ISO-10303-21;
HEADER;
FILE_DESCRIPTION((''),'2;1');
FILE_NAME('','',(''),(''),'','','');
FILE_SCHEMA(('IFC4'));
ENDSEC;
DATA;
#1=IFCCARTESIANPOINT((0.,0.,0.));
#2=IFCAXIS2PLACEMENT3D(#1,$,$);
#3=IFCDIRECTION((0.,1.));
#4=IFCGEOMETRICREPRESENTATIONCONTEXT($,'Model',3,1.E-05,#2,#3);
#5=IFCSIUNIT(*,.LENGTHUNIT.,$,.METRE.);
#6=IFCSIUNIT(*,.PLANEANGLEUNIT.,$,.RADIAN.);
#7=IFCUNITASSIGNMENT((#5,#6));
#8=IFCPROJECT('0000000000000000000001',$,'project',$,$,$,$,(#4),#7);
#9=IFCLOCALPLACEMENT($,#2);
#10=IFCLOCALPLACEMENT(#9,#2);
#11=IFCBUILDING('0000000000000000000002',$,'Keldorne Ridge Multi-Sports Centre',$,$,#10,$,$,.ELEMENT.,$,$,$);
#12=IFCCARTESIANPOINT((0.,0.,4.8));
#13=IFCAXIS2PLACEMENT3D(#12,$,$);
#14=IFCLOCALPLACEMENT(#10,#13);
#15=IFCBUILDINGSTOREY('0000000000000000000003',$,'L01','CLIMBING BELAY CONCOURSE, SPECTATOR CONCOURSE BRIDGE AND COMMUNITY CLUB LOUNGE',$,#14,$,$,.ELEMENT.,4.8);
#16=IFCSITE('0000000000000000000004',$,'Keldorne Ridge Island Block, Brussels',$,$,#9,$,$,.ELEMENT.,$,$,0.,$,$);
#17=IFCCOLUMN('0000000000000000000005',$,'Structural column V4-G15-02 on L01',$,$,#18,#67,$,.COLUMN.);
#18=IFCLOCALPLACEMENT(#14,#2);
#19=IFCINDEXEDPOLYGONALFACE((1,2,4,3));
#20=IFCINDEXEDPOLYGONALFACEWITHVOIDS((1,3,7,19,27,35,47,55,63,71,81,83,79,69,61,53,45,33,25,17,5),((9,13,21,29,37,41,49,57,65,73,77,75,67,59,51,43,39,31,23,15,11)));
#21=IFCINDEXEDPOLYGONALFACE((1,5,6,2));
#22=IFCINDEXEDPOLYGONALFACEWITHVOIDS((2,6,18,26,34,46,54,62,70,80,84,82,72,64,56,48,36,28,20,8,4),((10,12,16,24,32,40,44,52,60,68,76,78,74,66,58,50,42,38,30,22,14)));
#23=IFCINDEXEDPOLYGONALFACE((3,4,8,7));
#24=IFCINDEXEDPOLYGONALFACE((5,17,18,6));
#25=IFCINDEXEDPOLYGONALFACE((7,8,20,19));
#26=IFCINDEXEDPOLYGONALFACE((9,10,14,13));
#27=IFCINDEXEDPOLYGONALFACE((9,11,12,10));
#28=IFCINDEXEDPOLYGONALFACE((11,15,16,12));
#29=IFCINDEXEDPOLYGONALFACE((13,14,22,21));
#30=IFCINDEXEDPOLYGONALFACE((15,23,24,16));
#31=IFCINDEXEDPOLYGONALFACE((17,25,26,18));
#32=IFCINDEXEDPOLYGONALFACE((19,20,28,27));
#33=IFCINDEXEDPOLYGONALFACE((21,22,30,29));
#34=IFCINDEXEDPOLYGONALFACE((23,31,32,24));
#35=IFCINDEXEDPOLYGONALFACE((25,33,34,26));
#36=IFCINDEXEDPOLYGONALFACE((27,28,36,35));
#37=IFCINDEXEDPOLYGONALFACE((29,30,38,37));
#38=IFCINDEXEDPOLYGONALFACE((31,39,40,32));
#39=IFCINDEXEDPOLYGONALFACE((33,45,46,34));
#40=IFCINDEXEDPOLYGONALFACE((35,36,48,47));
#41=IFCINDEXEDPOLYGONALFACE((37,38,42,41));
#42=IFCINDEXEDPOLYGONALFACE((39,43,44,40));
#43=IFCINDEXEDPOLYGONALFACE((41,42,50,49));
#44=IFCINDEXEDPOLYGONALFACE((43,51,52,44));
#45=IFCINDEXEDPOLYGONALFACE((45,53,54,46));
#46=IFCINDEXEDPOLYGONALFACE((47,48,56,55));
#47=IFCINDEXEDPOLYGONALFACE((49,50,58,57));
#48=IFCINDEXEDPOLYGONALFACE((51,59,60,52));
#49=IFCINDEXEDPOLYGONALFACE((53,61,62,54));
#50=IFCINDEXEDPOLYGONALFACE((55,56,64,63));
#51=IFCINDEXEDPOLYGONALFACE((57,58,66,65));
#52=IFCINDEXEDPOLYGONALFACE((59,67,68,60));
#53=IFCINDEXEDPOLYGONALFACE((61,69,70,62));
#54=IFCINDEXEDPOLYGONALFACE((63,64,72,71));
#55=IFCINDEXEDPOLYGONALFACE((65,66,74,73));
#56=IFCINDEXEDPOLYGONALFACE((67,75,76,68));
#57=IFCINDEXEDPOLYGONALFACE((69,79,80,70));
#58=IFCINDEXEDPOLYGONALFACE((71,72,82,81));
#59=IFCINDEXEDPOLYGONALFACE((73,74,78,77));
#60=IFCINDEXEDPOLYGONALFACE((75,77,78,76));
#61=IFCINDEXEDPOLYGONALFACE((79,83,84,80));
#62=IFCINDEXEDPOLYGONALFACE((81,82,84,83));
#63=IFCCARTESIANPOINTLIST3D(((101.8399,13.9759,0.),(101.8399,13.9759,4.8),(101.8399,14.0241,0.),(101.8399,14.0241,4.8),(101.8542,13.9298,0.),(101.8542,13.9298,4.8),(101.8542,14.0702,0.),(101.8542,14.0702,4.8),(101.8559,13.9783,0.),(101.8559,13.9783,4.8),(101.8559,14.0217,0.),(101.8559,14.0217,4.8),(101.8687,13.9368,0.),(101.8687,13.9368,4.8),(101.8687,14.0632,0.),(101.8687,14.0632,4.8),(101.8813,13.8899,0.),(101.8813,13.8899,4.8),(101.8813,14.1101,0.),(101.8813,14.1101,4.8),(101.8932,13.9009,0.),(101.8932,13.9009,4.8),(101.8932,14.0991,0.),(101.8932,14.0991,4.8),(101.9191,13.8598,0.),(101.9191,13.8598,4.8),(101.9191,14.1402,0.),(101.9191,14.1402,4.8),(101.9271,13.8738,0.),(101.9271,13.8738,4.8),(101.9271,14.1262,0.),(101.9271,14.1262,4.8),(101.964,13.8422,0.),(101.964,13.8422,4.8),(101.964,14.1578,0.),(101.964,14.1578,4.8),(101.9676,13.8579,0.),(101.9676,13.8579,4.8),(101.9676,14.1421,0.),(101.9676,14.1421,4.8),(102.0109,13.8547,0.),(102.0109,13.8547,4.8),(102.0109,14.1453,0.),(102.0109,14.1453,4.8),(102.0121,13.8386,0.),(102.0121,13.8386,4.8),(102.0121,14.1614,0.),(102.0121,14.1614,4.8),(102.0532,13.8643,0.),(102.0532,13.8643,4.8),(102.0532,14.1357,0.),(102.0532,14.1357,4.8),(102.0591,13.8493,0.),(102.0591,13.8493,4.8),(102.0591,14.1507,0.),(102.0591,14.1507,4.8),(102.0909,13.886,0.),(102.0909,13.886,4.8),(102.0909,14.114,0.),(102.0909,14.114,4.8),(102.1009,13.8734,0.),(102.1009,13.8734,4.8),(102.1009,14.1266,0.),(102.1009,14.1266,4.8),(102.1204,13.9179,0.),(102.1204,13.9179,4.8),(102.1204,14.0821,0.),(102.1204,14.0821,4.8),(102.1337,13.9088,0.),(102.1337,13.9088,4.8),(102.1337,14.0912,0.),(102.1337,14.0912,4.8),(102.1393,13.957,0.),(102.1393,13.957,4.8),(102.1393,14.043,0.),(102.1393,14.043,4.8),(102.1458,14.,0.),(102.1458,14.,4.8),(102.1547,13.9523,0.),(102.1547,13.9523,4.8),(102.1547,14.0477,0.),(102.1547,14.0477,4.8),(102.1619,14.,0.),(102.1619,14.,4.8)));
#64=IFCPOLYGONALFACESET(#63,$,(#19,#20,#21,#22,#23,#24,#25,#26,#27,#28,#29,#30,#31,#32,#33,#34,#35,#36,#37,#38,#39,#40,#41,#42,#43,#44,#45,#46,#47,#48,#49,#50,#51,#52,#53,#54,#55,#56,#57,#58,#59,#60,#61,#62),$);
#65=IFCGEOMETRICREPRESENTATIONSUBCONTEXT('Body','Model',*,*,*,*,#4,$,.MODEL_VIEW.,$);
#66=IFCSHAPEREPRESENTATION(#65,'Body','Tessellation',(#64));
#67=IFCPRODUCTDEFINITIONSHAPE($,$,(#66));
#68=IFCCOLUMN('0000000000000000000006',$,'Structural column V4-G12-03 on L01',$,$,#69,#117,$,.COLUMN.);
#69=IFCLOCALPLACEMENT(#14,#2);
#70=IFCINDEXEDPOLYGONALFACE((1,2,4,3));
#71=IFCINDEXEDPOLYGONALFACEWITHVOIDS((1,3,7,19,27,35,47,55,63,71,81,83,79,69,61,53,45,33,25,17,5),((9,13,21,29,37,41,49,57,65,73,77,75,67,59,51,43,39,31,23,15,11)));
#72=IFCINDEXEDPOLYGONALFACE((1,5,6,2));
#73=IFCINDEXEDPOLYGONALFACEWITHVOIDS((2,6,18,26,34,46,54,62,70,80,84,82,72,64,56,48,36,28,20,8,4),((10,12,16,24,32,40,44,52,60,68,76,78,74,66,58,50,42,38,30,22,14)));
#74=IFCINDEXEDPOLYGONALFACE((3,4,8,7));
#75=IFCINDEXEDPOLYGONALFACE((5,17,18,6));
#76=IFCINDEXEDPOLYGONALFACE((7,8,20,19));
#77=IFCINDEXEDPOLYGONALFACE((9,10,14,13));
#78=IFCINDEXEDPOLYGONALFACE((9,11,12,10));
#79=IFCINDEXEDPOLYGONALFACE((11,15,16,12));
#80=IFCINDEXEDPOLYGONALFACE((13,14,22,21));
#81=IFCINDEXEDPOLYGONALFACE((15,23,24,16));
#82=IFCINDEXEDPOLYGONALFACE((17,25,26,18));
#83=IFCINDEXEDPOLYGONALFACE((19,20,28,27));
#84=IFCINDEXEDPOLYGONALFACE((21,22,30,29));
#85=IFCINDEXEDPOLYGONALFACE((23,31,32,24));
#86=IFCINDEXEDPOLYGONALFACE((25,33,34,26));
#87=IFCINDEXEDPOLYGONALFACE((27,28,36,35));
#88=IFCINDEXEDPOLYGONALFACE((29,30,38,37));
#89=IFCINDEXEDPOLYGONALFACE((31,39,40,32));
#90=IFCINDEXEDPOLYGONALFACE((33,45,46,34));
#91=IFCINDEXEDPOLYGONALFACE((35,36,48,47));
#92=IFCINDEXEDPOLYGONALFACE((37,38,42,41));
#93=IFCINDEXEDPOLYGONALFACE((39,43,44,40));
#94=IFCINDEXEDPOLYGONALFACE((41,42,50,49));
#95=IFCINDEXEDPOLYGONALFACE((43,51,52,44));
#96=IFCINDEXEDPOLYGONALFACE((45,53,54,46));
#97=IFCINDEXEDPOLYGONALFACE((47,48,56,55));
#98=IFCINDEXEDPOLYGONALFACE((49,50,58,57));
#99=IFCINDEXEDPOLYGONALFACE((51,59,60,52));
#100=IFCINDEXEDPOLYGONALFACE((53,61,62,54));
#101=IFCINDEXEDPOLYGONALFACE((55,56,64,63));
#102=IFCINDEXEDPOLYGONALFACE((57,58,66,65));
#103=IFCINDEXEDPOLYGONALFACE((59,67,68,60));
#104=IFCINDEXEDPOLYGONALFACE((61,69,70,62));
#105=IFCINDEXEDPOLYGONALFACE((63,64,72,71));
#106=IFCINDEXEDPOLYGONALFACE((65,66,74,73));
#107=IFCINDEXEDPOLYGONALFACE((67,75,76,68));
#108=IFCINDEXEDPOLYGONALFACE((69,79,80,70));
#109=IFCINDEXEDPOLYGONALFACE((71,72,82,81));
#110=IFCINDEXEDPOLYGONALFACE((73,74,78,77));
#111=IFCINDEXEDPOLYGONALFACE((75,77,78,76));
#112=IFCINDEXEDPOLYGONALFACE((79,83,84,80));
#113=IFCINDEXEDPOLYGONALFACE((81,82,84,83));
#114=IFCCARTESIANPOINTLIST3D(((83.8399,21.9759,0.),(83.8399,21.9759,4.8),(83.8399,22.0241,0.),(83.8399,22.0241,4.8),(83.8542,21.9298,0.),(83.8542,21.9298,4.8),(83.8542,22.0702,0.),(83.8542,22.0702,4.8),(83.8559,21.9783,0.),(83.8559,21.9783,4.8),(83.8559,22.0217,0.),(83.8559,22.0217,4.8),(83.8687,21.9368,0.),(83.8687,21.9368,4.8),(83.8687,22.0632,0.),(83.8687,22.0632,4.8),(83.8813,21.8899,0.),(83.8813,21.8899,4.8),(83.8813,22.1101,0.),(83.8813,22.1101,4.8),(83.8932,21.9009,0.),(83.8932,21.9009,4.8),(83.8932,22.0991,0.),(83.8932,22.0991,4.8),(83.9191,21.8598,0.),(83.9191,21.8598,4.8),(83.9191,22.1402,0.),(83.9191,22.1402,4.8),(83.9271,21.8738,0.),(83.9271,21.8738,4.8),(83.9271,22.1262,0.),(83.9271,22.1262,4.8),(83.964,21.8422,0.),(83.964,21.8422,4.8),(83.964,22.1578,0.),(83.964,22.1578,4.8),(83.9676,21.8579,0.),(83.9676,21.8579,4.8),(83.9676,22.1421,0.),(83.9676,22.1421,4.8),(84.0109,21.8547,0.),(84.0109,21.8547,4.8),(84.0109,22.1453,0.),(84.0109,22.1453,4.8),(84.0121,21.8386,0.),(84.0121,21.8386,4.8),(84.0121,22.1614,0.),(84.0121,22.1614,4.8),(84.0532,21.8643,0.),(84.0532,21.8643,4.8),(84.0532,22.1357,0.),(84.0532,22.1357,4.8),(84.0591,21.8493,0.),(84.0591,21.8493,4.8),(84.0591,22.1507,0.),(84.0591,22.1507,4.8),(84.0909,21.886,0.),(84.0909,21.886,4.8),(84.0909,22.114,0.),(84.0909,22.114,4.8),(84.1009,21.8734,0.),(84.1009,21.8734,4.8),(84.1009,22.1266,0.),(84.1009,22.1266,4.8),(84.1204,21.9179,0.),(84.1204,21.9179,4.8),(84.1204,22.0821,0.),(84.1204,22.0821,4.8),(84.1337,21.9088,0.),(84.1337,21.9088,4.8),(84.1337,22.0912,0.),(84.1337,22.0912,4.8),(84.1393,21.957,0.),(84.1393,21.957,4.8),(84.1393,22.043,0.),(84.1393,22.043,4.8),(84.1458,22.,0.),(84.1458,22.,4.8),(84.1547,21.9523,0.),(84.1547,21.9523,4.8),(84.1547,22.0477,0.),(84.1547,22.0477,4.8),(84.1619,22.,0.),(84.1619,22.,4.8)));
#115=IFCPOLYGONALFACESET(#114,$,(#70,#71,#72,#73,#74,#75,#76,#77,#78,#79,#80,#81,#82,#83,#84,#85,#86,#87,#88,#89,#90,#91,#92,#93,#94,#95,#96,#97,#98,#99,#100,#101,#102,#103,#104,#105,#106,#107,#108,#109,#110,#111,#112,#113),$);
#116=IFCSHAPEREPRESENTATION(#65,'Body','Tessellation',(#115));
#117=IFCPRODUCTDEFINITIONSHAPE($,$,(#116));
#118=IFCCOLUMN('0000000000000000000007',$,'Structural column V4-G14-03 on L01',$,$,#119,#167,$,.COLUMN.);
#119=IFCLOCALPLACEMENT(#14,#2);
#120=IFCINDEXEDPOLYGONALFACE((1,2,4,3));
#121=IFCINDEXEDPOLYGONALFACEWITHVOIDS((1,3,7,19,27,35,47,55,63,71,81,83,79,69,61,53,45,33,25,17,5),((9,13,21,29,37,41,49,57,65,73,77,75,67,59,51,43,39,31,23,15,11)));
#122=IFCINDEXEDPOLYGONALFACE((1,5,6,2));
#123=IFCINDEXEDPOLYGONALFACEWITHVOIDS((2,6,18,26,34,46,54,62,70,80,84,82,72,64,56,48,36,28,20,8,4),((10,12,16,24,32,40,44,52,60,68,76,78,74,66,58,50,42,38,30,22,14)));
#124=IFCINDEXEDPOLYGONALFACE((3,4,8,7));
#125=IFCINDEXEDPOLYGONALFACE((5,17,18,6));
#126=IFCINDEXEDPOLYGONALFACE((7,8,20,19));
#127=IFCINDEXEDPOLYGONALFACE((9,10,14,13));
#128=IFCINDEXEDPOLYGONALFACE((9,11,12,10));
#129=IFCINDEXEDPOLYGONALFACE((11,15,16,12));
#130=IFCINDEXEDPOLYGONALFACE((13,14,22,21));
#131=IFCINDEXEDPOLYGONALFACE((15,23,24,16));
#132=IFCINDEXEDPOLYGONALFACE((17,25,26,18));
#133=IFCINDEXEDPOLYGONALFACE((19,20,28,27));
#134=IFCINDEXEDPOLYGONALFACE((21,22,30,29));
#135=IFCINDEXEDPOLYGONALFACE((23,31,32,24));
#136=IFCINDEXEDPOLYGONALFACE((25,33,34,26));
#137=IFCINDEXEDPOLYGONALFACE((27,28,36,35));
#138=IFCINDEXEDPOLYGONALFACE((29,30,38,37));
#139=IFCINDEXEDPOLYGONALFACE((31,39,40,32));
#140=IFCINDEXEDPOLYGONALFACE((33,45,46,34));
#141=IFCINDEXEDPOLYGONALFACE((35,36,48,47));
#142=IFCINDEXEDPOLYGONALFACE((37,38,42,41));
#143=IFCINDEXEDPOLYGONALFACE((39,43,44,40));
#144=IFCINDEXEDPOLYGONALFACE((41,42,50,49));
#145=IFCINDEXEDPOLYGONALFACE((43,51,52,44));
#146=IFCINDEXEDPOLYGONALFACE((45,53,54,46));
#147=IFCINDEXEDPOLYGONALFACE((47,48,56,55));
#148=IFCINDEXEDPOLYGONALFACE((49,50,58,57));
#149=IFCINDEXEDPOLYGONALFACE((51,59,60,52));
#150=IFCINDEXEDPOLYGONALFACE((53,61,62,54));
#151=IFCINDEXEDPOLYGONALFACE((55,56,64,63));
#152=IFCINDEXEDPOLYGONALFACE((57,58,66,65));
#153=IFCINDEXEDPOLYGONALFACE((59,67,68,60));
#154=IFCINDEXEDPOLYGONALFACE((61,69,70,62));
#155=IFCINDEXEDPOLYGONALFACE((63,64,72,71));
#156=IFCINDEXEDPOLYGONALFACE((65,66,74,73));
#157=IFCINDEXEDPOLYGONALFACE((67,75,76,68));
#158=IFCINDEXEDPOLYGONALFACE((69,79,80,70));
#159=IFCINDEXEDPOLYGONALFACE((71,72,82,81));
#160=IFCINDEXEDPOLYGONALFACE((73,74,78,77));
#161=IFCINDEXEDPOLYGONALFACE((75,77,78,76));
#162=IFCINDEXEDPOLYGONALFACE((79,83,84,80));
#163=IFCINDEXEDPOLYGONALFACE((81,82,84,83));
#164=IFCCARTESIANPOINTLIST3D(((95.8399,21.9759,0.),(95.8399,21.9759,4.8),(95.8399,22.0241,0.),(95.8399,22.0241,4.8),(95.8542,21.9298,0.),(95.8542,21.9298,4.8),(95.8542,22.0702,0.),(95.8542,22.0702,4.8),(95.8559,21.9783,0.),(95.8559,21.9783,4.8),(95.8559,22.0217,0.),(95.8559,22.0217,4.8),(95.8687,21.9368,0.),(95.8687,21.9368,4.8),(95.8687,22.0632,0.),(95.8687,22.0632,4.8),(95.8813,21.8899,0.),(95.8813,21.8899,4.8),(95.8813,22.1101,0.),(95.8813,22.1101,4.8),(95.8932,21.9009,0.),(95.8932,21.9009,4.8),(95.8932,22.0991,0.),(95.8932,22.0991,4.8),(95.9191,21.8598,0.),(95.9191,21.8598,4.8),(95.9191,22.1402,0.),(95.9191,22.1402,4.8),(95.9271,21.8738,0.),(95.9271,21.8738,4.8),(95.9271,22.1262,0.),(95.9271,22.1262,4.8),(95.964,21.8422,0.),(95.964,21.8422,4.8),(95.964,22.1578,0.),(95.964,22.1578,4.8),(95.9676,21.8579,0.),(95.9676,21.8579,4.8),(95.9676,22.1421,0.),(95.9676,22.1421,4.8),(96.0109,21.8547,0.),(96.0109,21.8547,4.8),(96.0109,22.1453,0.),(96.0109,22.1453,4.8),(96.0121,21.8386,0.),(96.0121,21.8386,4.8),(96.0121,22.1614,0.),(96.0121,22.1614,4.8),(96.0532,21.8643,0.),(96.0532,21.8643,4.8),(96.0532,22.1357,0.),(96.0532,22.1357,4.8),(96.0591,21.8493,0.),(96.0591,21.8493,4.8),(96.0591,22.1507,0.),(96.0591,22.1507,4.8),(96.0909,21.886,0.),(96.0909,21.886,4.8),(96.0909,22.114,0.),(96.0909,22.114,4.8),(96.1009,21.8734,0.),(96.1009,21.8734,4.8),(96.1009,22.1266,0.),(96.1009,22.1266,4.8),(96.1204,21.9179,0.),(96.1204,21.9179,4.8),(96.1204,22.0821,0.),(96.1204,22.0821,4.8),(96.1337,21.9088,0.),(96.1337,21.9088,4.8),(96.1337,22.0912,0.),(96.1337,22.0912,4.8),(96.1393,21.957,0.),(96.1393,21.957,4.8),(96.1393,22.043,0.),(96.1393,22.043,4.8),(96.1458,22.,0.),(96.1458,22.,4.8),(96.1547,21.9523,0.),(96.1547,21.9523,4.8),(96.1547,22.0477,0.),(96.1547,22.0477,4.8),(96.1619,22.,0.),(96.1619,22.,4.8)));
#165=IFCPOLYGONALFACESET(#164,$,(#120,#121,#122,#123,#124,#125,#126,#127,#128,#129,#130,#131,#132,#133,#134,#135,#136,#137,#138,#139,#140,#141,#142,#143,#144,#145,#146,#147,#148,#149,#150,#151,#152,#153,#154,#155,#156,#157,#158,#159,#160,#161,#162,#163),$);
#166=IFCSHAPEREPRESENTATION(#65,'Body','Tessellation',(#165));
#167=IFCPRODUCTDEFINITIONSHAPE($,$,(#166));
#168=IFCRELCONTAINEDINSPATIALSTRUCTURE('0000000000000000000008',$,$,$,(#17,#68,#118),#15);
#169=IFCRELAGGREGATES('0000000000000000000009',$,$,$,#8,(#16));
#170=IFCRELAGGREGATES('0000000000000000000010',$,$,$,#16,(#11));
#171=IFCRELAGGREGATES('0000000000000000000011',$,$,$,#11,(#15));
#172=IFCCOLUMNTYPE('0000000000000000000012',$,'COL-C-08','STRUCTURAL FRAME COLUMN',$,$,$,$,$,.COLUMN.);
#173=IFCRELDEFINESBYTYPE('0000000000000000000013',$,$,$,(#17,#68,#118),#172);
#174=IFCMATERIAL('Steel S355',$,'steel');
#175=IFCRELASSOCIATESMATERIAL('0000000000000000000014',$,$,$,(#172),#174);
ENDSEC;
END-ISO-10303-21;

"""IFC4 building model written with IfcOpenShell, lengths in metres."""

from ifc_helpers import new_model, si_unit, direction, frame, origin, origin_2d, place, context, subcontext, project, spatial, hollow_circle, extrude, material, material_profile, profile_set, type_object, element, save


model = new_model("IFC4")

# Units and contexts
model_context = context("Model", 3, precision=1e-05, world=origin(), true_north=direction((0.0, 1.0)))
body_context = subcontext(model_context, "Body", "Model", "MODEL_VIEW")
ifc_project = project(units=[si_unit("LENGTHUNIT", "METRE"), si_unit("PLANEANGLEUNIT", "RADIAN")], contexts=[model_context])

# Site, building, storey
site_placement = place(None, origin())
site = spatial("IfcSite", under=ifc_project, at=site_placement, Name="Keldorne Ridge Island Block, Brussels", CompositionType="ELEMENT", RefElevation=0.0)
building_placement = place(site_placement, origin())
building = spatial("IfcBuilding", under=site, at=building_placement, Name="Keldorne Ridge Multi-Sports Centre", CompositionType="ELEMENT")
storey_placement = place(building_placement, frame((0.0, 0.0, 4.8)))
storey = spatial("IfcBuildingStorey", under=building, at=storey_placement, Name="L01", Description="CLIMBING BELAY CONCOURSE, SPECTATOR CONCOURSE BRIDGE AND COMMUNITY CLUB LOUNGE", CompositionType="ELEMENT", Elevation=4.8)

# Columns
ifc_material_1 = material(Name="Steel S355", Category="steel")
ifc_material_profile_1 = material_profile(ifc_material_1, hollow_circle(Radius=0.1619, WallThickness=0.0161, at=origin_2d()), Name="CHS 323.9x16")
ifc_profile_set_1 = profile_set([ifc_material_profile_1], Name="Steel S355")
column_type_1 = type_object("IfcColumnType", Name="COL-C-08", Description="STRUCTURAL FRAME COLUMN", PredefinedType="COLUMN", material=ifc_profile_set_1)
for number, where, z_axis, x_axis, name in (
    (1, (102.0, 14.0, 0.0), (0.0, 0.0, 1.0), (1.0, 0.0, 0.0), "Structural column V4-G15-02 on L01"),
    (2, (84.0, 22.0, 0.0), (0.0, 0.0, 1.0), (1.0, 0.0, 0.0), "Structural column V4-G12-03 on L01"),
    (3, (96.0, 22.0, 0.0), (0.0, 0.0, 1.0), (1.0, 0.0, 0.0), "Structural column V4-G14-03 on L01"),
):
    element("IfcColumn", number, at=place(storey_placement, frame(where, z_axis=z_axis, x_axis=x_axis)), inside=storey, type_object=column_type_1, Name=name, PredefinedType="COLUMN", context=body_context, shape_type="SweptSolid", body=[
        extrude(hollow_circle(Radius=0.1619, WallThickness=0.0161, at=origin_2d()), origin(), (0.0, 0.0, 1.0), 4.8),
    ])

save(model, "model.ifc")
